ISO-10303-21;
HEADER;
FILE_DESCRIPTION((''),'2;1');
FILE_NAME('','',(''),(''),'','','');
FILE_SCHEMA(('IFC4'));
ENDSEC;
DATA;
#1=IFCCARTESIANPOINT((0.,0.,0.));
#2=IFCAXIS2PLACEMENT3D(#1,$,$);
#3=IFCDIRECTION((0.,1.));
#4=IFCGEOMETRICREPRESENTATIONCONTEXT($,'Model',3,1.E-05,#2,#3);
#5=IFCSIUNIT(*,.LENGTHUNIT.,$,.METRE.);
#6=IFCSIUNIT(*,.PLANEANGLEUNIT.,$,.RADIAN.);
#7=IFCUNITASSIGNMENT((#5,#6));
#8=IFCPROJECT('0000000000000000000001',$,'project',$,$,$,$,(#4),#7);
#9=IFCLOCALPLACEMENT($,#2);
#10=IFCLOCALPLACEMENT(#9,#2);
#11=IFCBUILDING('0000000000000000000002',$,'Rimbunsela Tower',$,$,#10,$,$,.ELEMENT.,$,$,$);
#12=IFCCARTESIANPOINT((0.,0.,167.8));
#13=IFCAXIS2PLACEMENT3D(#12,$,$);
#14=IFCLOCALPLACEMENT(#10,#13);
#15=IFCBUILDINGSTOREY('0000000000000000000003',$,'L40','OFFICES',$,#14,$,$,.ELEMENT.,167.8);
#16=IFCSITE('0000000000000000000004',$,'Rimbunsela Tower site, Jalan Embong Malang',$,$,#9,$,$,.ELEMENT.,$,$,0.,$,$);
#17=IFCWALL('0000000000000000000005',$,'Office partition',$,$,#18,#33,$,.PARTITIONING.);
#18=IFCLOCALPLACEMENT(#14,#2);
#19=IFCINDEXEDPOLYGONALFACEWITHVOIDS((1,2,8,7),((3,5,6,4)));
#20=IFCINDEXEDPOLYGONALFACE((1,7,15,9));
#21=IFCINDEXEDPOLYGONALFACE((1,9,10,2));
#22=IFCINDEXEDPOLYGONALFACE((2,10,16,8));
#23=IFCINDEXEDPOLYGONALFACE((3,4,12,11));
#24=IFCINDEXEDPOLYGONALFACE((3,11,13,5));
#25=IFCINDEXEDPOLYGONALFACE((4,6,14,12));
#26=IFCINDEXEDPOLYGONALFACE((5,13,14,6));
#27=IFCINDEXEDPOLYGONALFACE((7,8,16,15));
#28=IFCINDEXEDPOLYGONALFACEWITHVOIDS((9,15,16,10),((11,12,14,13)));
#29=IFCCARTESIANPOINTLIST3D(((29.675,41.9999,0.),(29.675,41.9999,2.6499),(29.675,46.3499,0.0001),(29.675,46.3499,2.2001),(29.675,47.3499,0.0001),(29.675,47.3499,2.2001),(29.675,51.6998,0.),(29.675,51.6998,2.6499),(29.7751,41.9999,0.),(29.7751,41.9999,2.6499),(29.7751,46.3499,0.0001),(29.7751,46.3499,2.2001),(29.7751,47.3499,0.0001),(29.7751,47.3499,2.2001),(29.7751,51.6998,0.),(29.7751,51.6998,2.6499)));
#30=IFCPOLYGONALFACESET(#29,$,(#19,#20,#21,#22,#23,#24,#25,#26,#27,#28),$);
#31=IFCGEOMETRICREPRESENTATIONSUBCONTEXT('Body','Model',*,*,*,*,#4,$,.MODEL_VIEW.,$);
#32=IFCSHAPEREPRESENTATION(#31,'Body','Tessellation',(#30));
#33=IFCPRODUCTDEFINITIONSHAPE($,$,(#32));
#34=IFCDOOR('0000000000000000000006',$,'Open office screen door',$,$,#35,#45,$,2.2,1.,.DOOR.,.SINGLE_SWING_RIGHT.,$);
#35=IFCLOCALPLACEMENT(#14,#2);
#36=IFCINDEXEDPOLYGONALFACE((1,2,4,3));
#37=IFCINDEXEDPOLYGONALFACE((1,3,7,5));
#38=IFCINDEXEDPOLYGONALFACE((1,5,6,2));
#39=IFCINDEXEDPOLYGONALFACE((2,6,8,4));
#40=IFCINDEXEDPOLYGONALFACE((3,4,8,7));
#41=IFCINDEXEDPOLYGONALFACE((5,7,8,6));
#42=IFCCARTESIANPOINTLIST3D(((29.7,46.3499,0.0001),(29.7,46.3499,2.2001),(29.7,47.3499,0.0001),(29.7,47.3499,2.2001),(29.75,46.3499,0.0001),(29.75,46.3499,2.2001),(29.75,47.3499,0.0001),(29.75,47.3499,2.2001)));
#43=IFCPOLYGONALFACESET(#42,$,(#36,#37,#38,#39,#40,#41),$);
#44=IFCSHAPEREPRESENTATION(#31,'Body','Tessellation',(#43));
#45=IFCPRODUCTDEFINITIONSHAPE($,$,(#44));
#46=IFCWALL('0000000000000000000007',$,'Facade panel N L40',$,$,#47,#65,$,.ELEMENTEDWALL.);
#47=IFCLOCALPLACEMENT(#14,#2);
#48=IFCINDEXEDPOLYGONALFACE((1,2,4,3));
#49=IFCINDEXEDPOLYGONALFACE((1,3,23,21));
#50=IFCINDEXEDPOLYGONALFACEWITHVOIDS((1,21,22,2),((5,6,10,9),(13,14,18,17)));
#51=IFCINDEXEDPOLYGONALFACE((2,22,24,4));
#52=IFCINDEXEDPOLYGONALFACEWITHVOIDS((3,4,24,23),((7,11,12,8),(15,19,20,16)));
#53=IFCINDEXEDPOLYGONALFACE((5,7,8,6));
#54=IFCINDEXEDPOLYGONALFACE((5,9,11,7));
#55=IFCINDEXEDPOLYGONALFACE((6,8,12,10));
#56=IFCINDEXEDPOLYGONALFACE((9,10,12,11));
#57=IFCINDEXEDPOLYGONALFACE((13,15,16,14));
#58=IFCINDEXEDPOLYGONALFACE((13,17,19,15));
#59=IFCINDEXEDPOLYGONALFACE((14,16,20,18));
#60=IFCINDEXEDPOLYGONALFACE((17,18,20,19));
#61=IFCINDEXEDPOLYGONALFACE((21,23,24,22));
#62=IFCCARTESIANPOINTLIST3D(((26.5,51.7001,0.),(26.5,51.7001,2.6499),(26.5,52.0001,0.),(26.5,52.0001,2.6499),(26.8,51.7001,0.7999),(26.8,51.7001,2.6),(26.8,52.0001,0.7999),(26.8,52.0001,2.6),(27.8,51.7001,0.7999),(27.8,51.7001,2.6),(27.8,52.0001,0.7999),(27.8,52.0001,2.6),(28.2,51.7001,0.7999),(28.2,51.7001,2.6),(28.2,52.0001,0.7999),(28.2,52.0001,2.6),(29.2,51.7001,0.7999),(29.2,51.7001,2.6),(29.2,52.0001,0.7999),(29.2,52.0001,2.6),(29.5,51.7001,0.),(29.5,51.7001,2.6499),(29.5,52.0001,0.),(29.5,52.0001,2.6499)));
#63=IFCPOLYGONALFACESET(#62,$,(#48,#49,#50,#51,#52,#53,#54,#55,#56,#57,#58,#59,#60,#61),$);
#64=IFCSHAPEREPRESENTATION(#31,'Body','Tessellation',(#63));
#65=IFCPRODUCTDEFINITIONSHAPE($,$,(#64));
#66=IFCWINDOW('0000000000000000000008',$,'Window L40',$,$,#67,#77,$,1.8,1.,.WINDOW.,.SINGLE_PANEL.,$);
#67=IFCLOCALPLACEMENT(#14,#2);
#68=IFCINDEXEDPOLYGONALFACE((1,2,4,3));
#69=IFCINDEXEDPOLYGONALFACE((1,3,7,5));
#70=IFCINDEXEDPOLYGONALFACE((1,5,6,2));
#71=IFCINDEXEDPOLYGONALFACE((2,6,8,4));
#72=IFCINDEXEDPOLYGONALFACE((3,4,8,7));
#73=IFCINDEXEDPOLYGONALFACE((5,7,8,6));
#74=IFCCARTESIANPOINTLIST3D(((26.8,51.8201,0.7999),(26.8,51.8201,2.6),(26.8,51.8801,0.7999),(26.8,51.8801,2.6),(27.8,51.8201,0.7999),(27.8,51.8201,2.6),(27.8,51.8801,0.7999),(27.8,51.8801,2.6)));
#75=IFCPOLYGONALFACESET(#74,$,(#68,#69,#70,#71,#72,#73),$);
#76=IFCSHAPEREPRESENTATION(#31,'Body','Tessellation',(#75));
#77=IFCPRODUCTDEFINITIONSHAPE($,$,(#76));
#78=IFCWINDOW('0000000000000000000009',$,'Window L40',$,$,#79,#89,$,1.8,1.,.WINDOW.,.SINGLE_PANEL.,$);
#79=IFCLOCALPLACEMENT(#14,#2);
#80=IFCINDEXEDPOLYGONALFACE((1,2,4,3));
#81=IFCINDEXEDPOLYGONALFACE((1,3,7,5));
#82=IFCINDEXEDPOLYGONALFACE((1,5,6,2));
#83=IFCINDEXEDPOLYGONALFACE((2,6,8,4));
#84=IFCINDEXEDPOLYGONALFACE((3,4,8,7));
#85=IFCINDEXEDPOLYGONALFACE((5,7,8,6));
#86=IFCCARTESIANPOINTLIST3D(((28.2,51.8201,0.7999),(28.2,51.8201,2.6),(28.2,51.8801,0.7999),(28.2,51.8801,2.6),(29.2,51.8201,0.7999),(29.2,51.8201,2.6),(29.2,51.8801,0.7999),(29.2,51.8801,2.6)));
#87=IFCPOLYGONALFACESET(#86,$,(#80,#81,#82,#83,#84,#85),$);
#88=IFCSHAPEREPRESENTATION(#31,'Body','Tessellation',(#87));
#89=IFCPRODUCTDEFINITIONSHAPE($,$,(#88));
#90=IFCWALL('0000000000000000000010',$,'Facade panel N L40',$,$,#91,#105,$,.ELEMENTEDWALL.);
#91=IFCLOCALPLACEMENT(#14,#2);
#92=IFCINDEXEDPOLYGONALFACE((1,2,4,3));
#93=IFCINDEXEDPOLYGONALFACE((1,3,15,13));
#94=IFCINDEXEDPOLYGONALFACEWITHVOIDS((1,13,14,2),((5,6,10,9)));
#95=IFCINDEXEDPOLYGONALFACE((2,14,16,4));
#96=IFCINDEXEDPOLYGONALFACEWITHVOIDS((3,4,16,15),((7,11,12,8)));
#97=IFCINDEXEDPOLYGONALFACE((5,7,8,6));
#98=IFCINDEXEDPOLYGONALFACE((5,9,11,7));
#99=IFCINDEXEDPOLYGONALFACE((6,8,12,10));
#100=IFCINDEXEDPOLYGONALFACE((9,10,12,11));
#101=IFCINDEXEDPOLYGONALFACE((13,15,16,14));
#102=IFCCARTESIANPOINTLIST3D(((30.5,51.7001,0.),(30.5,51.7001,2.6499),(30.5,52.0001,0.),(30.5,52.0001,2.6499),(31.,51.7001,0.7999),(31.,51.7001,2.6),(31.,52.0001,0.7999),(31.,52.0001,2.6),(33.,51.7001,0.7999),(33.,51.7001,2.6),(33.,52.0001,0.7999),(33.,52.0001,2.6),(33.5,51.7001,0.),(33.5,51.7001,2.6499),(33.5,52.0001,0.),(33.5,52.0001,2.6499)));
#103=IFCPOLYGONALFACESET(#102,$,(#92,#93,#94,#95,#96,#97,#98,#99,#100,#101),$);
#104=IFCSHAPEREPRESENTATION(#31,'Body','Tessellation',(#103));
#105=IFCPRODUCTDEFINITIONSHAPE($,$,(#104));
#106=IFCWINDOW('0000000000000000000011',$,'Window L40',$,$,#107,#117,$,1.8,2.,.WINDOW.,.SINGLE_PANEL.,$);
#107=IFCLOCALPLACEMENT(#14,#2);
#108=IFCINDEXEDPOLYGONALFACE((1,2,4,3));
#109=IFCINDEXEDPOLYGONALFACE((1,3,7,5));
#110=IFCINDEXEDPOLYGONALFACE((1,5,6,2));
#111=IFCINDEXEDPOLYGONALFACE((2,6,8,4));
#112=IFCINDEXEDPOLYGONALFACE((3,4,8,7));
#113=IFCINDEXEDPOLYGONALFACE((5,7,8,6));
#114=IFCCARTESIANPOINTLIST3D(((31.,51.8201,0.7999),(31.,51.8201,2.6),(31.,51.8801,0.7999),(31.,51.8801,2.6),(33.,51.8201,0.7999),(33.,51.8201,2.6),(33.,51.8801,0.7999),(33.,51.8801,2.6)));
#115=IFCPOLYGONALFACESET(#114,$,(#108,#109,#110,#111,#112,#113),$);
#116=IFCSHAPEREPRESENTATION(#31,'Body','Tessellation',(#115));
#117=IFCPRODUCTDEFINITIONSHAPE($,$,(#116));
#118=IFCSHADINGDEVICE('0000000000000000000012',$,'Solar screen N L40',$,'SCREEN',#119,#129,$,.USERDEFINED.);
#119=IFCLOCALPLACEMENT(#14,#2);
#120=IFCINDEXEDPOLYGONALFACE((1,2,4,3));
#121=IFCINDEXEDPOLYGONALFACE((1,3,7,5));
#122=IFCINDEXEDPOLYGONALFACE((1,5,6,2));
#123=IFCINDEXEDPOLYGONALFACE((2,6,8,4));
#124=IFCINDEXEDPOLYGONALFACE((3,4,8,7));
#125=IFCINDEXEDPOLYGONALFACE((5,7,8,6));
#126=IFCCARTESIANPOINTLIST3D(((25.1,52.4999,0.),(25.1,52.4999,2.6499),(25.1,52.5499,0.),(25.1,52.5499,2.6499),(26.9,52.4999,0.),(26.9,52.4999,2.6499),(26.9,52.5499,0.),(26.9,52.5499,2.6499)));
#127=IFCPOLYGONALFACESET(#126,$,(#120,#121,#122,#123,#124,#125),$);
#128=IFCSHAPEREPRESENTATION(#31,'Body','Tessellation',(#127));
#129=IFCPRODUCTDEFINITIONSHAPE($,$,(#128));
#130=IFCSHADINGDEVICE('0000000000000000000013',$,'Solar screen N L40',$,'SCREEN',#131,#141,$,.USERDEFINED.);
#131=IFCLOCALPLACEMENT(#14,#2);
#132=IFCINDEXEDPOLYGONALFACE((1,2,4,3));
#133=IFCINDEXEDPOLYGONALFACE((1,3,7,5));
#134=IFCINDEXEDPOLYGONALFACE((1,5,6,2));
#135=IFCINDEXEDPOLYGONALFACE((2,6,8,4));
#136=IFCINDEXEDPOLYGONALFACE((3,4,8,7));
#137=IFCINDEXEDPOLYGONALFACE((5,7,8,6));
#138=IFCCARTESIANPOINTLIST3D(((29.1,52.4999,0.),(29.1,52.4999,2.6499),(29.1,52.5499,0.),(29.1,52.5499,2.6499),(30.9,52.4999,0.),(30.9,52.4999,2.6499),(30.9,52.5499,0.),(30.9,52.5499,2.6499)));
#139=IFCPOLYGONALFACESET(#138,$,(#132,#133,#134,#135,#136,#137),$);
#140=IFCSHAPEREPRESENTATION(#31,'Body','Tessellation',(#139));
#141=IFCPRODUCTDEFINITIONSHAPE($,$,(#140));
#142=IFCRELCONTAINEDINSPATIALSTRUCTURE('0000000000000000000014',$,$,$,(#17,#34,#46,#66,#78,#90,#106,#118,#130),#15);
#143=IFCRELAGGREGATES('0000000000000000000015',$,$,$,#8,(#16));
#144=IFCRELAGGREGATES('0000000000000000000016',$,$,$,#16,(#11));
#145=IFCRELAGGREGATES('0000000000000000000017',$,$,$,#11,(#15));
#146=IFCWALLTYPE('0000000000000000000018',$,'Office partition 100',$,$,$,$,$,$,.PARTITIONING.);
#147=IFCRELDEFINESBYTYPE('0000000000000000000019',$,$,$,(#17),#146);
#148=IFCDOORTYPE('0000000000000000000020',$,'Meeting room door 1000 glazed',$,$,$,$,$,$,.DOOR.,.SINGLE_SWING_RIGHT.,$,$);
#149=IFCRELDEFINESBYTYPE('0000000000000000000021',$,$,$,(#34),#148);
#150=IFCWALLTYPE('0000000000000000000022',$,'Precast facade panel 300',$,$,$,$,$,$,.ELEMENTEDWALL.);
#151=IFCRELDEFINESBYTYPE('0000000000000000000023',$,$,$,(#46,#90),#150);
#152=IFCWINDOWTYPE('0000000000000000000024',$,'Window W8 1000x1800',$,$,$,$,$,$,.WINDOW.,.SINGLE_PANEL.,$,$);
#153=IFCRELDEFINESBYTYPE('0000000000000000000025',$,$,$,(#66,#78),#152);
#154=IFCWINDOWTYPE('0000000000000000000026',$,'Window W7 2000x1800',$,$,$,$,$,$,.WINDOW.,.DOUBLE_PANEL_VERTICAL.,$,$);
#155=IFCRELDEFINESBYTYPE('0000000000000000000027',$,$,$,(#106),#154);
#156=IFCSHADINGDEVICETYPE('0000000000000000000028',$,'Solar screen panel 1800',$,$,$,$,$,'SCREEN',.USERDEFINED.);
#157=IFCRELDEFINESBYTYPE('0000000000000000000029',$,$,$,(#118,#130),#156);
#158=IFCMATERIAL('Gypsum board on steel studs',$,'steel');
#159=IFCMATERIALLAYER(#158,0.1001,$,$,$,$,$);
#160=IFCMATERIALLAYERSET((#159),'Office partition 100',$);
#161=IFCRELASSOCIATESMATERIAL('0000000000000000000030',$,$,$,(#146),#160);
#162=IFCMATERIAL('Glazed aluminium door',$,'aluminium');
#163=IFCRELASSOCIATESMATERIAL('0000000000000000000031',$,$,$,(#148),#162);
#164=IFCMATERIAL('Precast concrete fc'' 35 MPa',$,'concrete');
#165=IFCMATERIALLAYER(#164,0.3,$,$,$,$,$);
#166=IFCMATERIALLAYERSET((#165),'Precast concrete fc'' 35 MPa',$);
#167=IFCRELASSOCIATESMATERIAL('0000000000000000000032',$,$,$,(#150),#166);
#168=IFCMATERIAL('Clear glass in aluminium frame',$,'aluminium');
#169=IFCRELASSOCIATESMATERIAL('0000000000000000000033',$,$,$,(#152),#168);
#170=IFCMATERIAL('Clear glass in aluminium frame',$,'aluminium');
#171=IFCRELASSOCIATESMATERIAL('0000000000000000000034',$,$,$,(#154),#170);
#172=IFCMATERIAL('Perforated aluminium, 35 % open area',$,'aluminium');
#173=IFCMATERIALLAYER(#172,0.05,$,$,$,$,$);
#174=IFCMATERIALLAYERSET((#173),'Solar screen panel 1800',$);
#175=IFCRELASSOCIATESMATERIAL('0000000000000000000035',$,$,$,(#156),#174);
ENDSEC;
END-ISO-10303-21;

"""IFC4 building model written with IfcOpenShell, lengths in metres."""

from ifc_helpers import new_model, si_unit, direction, frame, frame_2d, origin, origin_2d, place, context, subcontext, project, spatial, rectangle, extrude, material, layer, layer_set, type_object, element, fill, save


model = new_model("IFC4")

# Units and contexts
model_context = context("Model", 3, precision=1e-05, world=origin(), true_north=direction((0.0, 1.0)))
body_context = subcontext(model_context, "Body", "Model", "MODEL_VIEW")
ifc_project = project(units=[si_unit("LENGTHUNIT", "METRE"), si_unit("PLANEANGLEUNIT", "RADIAN")], contexts=[model_context])

# Site, building, storey
site_placement = place(None, origin())
site = spatial("IfcSite", under=ifc_project, at=site_placement, Name="Rimbunsela Tower site, Jalan Embong Malang", CompositionType="ELEMENT", RefElevation=0.0)
building_placement = place(site_placement, origin())
building = spatial("IfcBuilding", under=site, at=building_placement, Name="Rimbunsela Tower", CompositionType="ELEMENT")
storey_placement = place(building_placement, frame((0.0, 0.0, 167.8)))
storey = spatial("IfcBuildingStorey", under=building, at=storey_placement, Name="L40", Description="OFFICES", CompositionType="ELEMENT", Elevation=167.8)

# Shared definitions
ifc_material_1 = material(Name="Gypsum board on steel studs", Category="steel")
ifc_layer_1 = layer(ifc_material_1, 0.1001)
ifc_layer_set_1 = layer_set([ifc_layer_1], Name="Office partition 100")
wall_type_1 = type_object("IfcWallType", Name="Office partition 100", PredefinedType="PARTITIONING", material=ifc_layer_set_1)

# Wall, opening, door
wall_1_placement = place(storey_placement, frame((29.7251, 51.7, 0.0), z_axis=(0.0, 0.0, 1.0), x_axis=(0.0, -1.0, 0.0)))
wall_1 = element("IfcWall", 1, at=wall_1_placement, inside=storey, type_object=wall_type_1, Name="Office partition", PredefinedType="PARTITIONING", context=body_context, shape_type="SweptSolid", body=[
    extrude(rectangle(XDim=9.7, YDim=0.1001, at=frame_2d((4.8501, 0.0))), origin(), (0.0, 0.0, 1.0), 2.6499),
])
opening_1_placement = place(wall_1_placement, frame((4.3501, 0.0, 0.0)))
opening_1 = element("IfcOpeningElement", 2, at=opening_1_placement, cuts=wall_1, PredefinedType="OPENING", context=body_context, shape_type="SweptSolid", body=[
    extrude(rectangle(XDim=1.0, YDim=2.2, at=frame_2d((0.5, 1.1001))), frame((0.0, 0.0601, 0.0), z_axis=(0.0, -1.0, 0.0), x_axis=(1.0, 0.0, 0.0)), (0.0, 0.0, 1.0), 0.1201),
])
ifc_material_2 = material(Name="Glazed aluminium door", Category="aluminium")
door_type_1 = type_object("IfcDoorType", Name="Meeting room door 1000 glazed", OperationType="SINGLE_SWING_RIGHT", PredefinedType="DOOR", material=ifc_material_2)
door_1_placement = place(opening_1_placement, origin())
door_1 = element("IfcDoor", 3, at=door_1_placement, inside=storey, type_object=door_type_1, Name="Open office screen door", OperationType="SINGLE_SWING_RIGHT", OverallHeight=2.2, OverallWidth=1.0, PredefinedType="DOOR", context=body_context, shape_type="SweptSolid", body=[
    extrude(rectangle(XDim=1.0, YDim=2.2, at=frame_2d((0.5, 1.1001))), frame((0.0, 0.0249, 0.0), z_axis=(0.0, -1.0, 0.0), x_axis=(1.0, 0.0, 0.0)), (0.0, 0.0, 1.0), 0.05),
])
fill(opening_1, door_1)

# Wall, openings, windows
ifc_material_3 = material(Name="Precast concrete fc' 35 MPa", Category="concrete")
ifc_layer_2 = layer(ifc_material_3, 0.3)
ifc_layer_set_2 = layer_set([ifc_layer_2], Name="Precast concrete fc' 35 MPa")
wall_type_2 = type_object("IfcWallType", Name="Precast facade panel 300", PredefinedType="ELEMENTEDWALL", material=ifc_layer_set_2)
wall_2_placement = place(storey_placement, frame((29.5, 51.8501, 0.0), z_axis=(0.0, 0.0, 1.0), x_axis=(-1.0, 0.0, 0.0)))
wall_2 = element("IfcWall", 4, at=wall_2_placement, inside=storey, type_object=wall_type_2, Name="Facade panel N L40", PredefinedType="ELEMENTEDWALL", context=body_context, shape_type="SweptSolid", body=[
    extrude(rectangle(XDim=3.0, YDim=0.3, at=frame_2d((1.5, 0.0))), origin(), (0.0, 0.0, 1.0), 2.6499),
])
opening_2_placement = place(wall_2_placement, frame((1.7, 0.0, 0.8)))
opening_2 = element("IfcOpeningElement", 5, at=opening_2_placement, cuts=wall_2, PredefinedType="OPENING", context=body_context, shape_type="SweptSolid", body=[
    extrude(rectangle(XDim=1.0, YDim=1.8, at=frame_2d((0.5, 0.8999))), frame((0.0, 0.1599, 0.0), z_axis=(0.0, -1.0, 0.0), x_axis=(1.0, 0.0, 0.0)), (0.0, 0.0, 1.0), 0.3201),
])
opening_3_placement = place(wall_2_placement, frame((0.3, 0.0, 0.8)))
opening_3 = element("IfcOpeningElement", 6, at=opening_3_placement, cuts=wall_2, PredefinedType="OPENING", context=body_context, shape_type="SweptSolid", body=[
    extrude(rectangle(XDim=1.0, YDim=1.8, at=frame_2d((0.5, 0.8999))), frame((0.0, 0.1599, 0.0), z_axis=(0.0, -1.0, 0.0), x_axis=(1.0, 0.0, 0.0)), (0.0, 0.0, 1.0), 0.3201),
])
ifc_material_4 = material(Name="Clear glass in aluminium frame", Category="aluminium")
window_type_1 = type_object("IfcWindowType", Name="Window W8 1000x1800", PartitioningType="SINGLE_PANEL", PredefinedType="WINDOW", material=ifc_material_4)
window_1_placement = place(opening_2_placement, origin())
window_1 = element("IfcWindow", 7, at=window_1_placement, inside=storey, type_object=window_type_1, Name="Window L40", OverallHeight=1.8, OverallWidth=1.0, PartitioningType="SINGLE_PANEL", PredefinedType="WINDOW", context=body_context, shape_type="SweptSolid", body=[
    extrude(rectangle(XDim=1.0, YDim=1.8, at=frame_2d((0.5, 0.8999))), frame((0.0, 0.03, 0.0), z_axis=(0.0, -1.0, 0.0), x_axis=(1.0, 0.0, 0.0)), (0.0, 0.0, 1.0), 0.0601),
])
fill(opening_2, window_1)
window_2_placement = place(opening_3_placement, origin())
window_2 = element("IfcWindow", 8, at=window_2_placement, inside=storey, type_object=window_type_1, Name="Window L40", OverallHeight=1.8, OverallWidth=1.0, PartitioningType="SINGLE_PANEL", PredefinedType="WINDOW", context=body_context, shape_type="SweptSolid", body=[
    extrude(rectangle(XDim=1.0, YDim=1.8, at=frame_2d((0.5, 0.8999))), frame((0.0, 0.03, 0.0), z_axis=(0.0, -1.0, 0.0), x_axis=(1.0, 0.0, 0.0)), (0.0, 0.0, 1.0), 0.0601),
])
fill(opening_3, window_2)

# Wall, opening, window
wall_3_placement = place(storey_placement, frame((33.5, 51.8501, 0.0), z_axis=(0.0, 0.0, 1.0), x_axis=(-1.0, 0.0, 0.0)))
wall_3 = element("IfcWall", 9, at=wall_3_placement, inside=storey, type_object=wall_type_2, Name="Facade panel N L40", PredefinedType="ELEMENTEDWALL", context=body_context, shape_type="SweptSolid", body=[
    extrude(rectangle(XDim=3.0, YDim=0.3, at=frame_2d((1.5, 0.0))), origin(), (0.0, 0.0, 1.0), 2.6499),
])
opening_4_placement = place(wall_3_placement, frame((0.5, 0.0, 0.8)))
opening_4 = element("IfcOpeningElement", 10, at=opening_4_placement, cuts=wall_3, PredefinedType="OPENING", context=body_context, shape_type="SweptSolid", body=[
    extrude(rectangle(XDim=2.0, YDim=1.8, at=frame_2d((1.0, 0.8999))), frame((0.0, 0.1599, 0.0), z_axis=(0.0, -1.0, 0.0), x_axis=(1.0, 0.0, 0.0)), (0.0, 0.0, 1.0), 0.3201),
])
ifc_material_5 = material(Name="Clear glass in aluminium frame", Category="aluminium")
window_type_2 = type_object("IfcWindowType", Name="Window W7 2000x1800", PartitioningType="DOUBLE_PANEL_VERTICAL", PredefinedType="WINDOW", material=ifc_material_5)
window_3_placement = place(opening_4_placement, origin())
window_3 = element("IfcWindow", 11, at=window_3_placement, inside=storey, type_object=window_type_2, Name="Window L40", OverallHeight=1.8, OverallWidth=2.0, PartitioningType="SINGLE_PANEL", PredefinedType="WINDOW", context=body_context, shape_type="SweptSolid", body=[
    extrude(rectangle(XDim=2.0, YDim=1.8, at=frame_2d((1.0, 0.8999))), frame((0.0, 0.03, 0.0), z_axis=(0.0, -1.0, 0.0), x_axis=(1.0, 0.0, 0.0)), (0.0, 0.0, 1.0), 0.0601),
])
fill(opening_4, window_3)

# Shading devices
ifc_material_6 = material(Name="Perforated aluminium, 35 % open area", Category="aluminium")
ifc_layer_3 = layer(ifc_material_6, 0.05)
ifc_layer_set_3 = layer_set([ifc_layer_3], Name="Solar screen panel 1800")
shading_device_type = type_object("IfcShadingDeviceType", Name="Solar screen panel 1800", ElementType="SCREEN", PredefinedType="USERDEFINED", material=ifc_layer_set_3)
for number, where, z_axis, x_axis, name in (
    (12, (26.0, 52.5249, 0.0), (0.0, 0.0, 1.0), (1.0, 0.0, 0.0), "Solar screen N L40"),
    (13, (30.0, 52.5249, 0.0), (0.0, 0.0, 1.0), (1.0, 0.0, 0.0), "Solar screen N L40"),
):
    element("IfcShadingDevice", number, at=place(storey_placement, frame(where, z_axis=z_axis, x_axis=x_axis)), inside=storey, type_object=shading_device_type, Name=name, ObjectType="SCREEN", PredefinedType="USERDEFINED", context=body_context, shape_type="SweptSolid", body=[
        extrude(rectangle(XDim=1.8, YDim=0.05, at=origin_2d()), origin(), (0.0, 0.0, 1.0), 2.6499),
    ])

save(model, "model.ifc")
